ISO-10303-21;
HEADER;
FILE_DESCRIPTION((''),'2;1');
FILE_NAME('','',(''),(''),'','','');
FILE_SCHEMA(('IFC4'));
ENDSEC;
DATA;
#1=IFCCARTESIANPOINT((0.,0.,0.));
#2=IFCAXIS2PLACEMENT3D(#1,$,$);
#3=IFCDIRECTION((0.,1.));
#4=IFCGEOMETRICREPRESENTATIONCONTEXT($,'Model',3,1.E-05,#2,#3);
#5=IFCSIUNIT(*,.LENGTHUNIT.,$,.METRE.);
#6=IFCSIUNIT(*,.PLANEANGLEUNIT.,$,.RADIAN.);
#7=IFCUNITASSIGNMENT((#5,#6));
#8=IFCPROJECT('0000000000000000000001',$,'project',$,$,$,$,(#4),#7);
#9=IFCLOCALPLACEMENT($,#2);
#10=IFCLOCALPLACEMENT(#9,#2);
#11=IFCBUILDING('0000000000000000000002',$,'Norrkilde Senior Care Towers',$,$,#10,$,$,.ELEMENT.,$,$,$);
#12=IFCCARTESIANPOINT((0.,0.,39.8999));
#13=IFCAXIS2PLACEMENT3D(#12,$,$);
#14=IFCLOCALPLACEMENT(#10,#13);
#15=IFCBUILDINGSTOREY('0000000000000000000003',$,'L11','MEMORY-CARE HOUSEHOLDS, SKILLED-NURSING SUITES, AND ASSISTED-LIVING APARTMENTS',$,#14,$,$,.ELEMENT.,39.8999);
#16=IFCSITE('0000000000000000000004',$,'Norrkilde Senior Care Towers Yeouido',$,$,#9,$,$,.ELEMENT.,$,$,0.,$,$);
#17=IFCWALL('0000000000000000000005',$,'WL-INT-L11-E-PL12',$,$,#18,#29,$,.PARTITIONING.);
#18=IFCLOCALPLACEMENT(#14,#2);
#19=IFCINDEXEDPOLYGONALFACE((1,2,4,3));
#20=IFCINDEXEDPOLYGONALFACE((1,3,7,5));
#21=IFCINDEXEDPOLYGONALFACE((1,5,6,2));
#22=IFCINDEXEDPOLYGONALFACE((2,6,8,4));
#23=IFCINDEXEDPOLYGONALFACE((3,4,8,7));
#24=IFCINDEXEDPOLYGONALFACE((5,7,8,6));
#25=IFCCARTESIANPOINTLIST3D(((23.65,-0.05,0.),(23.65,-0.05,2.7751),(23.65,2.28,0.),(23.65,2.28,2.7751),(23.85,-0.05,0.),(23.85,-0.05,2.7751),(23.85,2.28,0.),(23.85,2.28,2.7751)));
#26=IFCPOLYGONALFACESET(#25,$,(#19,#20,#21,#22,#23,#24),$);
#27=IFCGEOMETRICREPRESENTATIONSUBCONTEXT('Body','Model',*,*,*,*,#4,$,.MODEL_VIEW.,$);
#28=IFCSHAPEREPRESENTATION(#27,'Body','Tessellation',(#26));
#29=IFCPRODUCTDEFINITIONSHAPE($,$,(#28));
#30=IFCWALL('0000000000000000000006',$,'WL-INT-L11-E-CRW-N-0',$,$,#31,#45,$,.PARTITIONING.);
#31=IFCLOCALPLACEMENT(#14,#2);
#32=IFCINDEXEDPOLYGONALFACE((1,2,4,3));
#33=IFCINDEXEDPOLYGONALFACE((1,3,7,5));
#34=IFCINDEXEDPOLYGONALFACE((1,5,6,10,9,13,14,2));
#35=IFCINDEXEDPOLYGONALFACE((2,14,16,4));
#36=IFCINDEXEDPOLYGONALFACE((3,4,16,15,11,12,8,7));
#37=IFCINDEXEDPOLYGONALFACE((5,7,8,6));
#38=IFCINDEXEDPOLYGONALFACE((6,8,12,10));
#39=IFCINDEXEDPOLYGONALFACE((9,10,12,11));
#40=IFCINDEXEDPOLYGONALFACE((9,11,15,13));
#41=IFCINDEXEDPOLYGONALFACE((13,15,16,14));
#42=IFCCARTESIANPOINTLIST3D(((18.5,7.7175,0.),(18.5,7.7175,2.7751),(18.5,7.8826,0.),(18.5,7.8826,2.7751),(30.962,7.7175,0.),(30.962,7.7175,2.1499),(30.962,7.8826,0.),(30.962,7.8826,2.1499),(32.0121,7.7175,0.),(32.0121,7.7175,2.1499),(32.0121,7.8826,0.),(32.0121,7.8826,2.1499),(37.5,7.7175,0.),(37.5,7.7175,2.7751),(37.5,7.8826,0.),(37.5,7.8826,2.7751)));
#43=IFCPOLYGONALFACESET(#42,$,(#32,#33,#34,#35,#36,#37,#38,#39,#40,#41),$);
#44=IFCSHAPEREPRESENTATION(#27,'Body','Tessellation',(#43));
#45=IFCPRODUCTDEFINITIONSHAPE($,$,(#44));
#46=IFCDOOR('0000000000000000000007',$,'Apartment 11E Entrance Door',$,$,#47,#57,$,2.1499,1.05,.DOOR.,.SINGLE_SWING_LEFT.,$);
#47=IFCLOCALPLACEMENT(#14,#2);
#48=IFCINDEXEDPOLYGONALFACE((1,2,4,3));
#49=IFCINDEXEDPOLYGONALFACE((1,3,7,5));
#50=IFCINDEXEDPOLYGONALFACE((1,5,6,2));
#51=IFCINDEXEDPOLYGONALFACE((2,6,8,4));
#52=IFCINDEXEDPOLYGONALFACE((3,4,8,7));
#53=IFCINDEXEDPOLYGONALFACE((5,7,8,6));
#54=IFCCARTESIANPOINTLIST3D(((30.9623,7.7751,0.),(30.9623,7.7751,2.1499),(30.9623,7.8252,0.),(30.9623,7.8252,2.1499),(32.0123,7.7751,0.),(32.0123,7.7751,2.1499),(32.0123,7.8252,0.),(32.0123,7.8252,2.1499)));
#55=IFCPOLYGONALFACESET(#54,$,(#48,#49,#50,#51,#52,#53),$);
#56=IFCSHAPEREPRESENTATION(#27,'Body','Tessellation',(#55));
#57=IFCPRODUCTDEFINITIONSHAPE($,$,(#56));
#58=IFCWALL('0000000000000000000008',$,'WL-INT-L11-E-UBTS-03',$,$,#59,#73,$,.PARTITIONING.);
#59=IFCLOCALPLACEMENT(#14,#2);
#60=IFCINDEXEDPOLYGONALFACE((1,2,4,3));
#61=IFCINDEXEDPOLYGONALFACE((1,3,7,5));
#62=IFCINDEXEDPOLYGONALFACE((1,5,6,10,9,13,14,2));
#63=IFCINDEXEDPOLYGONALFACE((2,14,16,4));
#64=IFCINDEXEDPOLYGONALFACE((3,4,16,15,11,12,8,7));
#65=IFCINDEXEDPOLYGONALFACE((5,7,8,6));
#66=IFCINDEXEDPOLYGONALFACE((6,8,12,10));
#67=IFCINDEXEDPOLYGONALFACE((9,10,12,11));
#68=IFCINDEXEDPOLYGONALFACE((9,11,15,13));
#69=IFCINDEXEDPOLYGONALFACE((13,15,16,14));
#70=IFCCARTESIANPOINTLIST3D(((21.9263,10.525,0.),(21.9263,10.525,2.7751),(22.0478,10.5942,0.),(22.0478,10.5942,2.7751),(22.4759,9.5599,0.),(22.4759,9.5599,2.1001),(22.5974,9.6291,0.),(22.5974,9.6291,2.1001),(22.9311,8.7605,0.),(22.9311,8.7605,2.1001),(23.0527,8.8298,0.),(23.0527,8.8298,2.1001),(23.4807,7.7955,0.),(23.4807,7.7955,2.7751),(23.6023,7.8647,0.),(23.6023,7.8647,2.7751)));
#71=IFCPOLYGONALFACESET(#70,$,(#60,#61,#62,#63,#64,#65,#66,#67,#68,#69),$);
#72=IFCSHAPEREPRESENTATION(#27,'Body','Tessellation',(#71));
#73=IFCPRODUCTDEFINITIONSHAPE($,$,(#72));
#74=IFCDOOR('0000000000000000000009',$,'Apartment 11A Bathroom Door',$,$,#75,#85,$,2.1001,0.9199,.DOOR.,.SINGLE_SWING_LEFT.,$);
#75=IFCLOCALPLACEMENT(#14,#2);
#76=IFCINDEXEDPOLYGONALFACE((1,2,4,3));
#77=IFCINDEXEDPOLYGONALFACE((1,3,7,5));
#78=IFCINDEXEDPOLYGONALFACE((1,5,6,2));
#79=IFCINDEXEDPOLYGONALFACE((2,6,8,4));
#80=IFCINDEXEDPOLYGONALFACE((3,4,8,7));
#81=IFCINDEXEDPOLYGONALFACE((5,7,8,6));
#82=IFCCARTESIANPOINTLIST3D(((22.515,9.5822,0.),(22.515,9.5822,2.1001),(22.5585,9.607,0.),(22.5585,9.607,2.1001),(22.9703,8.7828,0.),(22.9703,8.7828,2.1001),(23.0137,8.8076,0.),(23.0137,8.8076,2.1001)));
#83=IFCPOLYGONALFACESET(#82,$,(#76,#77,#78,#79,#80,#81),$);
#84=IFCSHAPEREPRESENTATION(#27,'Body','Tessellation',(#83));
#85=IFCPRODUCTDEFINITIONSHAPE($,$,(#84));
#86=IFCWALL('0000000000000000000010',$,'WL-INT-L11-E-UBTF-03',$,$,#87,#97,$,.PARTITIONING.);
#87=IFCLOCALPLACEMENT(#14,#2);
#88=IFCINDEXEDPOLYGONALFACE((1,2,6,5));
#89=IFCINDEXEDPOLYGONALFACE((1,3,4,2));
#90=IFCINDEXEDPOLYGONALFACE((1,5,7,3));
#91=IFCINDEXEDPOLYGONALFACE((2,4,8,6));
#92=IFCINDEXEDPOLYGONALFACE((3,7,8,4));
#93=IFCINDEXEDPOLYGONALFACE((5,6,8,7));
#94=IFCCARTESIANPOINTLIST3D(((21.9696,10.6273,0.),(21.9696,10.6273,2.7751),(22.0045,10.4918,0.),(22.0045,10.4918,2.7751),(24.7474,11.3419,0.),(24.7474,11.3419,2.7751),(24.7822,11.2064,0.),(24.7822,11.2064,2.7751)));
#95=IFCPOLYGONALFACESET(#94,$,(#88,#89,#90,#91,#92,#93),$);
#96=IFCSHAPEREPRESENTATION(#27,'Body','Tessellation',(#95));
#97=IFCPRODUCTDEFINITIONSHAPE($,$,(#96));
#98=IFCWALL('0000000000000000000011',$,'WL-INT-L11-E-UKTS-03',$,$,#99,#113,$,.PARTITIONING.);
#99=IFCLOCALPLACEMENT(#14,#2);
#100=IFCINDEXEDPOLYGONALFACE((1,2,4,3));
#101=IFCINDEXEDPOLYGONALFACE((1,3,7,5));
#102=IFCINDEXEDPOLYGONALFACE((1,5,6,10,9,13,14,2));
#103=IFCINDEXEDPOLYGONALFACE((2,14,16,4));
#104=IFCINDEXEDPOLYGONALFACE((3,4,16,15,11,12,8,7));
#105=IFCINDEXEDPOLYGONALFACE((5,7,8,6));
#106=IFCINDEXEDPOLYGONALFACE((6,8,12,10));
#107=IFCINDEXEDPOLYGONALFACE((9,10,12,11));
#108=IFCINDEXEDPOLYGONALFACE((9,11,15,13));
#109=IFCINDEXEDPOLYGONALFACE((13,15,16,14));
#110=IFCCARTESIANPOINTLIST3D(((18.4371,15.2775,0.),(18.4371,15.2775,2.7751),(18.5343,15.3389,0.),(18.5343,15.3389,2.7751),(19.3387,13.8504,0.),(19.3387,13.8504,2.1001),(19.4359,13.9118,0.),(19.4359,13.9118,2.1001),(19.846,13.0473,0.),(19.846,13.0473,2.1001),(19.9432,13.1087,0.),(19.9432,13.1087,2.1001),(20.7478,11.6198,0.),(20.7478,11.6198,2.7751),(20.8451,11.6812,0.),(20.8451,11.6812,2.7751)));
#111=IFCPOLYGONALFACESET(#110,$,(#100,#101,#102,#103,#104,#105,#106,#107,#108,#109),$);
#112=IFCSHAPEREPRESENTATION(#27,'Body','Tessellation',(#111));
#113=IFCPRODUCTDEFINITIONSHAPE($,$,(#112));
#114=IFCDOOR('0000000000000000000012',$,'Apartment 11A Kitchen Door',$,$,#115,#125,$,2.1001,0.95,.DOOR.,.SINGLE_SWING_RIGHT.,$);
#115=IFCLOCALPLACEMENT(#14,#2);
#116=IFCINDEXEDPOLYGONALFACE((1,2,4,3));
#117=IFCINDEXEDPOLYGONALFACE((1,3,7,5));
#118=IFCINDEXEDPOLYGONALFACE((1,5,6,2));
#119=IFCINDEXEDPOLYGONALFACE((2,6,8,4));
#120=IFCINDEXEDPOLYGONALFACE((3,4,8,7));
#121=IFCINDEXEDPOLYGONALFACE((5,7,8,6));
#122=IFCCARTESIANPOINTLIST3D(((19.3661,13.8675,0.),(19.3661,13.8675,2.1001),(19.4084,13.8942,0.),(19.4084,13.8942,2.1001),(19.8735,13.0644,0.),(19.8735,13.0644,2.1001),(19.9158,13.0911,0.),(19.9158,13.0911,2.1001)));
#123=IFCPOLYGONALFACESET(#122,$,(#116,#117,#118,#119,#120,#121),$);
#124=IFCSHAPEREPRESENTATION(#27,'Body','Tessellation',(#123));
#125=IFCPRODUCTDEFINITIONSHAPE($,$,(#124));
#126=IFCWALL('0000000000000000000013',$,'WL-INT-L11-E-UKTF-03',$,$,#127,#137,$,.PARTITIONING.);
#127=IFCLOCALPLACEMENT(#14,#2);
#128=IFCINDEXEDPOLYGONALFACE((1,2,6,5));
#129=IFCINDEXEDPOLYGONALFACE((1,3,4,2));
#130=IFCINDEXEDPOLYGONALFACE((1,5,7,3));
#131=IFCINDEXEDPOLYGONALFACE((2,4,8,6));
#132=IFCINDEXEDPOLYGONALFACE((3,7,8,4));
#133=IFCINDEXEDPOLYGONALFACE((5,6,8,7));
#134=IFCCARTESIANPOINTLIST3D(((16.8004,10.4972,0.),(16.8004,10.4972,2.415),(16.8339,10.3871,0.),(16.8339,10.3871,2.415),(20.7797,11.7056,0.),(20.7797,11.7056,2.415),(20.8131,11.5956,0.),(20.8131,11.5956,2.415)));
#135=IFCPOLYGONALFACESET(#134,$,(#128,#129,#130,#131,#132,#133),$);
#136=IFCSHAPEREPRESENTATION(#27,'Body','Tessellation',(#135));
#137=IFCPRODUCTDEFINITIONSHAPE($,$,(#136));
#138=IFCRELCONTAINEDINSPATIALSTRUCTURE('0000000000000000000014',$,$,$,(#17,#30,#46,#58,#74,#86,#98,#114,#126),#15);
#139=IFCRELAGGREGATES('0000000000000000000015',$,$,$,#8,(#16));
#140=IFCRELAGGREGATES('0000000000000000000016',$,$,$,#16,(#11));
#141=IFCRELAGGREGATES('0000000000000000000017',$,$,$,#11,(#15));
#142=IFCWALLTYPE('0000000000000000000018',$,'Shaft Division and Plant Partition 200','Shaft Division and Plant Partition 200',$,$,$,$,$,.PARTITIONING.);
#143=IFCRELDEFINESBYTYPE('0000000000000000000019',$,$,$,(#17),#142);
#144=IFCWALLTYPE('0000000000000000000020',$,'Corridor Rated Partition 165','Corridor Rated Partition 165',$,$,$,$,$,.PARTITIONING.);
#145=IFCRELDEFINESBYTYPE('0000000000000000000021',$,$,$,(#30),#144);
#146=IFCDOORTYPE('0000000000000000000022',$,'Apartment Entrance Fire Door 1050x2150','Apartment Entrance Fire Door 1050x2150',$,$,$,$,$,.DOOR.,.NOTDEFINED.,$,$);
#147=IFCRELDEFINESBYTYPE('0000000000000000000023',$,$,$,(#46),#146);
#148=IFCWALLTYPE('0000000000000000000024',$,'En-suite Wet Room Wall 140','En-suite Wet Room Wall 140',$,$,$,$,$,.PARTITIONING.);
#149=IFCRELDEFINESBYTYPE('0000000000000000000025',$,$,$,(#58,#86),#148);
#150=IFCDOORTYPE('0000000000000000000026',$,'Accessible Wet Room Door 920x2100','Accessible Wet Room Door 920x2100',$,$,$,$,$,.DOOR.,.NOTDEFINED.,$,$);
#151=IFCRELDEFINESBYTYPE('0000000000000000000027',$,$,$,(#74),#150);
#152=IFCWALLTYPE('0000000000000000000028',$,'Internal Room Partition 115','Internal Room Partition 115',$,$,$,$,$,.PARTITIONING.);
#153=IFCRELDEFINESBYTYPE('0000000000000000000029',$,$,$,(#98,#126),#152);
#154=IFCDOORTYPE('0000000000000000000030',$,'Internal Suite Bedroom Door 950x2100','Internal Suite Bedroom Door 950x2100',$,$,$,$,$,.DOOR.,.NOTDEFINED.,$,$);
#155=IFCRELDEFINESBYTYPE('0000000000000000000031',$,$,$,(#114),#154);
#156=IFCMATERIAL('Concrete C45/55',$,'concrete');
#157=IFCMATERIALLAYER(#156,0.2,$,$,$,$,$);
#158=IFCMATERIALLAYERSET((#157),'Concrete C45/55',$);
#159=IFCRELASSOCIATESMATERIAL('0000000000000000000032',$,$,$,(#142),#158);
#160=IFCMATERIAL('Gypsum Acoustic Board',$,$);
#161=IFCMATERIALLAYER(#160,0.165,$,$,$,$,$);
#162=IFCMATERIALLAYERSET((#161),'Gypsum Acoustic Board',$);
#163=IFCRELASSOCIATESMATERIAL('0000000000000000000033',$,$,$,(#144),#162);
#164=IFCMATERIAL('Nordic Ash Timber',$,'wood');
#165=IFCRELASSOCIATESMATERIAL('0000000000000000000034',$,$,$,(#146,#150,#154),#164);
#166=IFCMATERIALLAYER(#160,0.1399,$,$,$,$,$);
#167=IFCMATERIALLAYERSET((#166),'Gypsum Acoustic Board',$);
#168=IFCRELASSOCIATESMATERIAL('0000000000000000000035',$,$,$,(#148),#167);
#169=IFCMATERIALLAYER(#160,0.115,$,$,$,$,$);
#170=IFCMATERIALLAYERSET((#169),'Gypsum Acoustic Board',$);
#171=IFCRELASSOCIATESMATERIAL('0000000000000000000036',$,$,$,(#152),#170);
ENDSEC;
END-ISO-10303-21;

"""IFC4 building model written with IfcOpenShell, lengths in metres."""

from ifc_helpers import new_model, si_unit, direction, frame, frame_2d, origin, place, context, subcontext, project, spatial, rectangle, extrude, source, transform, mapped, material, layer, layer_set, type_object, type_shapes, element, fill, save


model = new_model("IFC4")

# Units and contexts
model_context = context("Model", 3, precision=1e-05, world=origin(), true_north=direction((0.0, 1.0)))
body_context = subcontext(model_context, "Body", "Model", "MODEL_VIEW")
ifc_project = project(units=[si_unit("LENGTHUNIT", "METRE"), si_unit("PLANEANGLEUNIT", "RADIAN")], contexts=[model_context])

# Site, building, storey
site_placement = place(None, origin())
site = spatial("IfcSite", under=ifc_project, at=site_placement, Name="Norrkilde Senior Care Towers Yeouido", CompositionType="ELEMENT", RefElevation=0.0)
building_placement = place(site_placement, origin())
building = spatial("IfcBuilding", under=site, at=building_placement, Name="Norrkilde Senior Care Towers", CompositionType="ELEMENT")
storey_placement = place(building_placement, frame((0.0, 0.0, 39.8999)))
storey = spatial("IfcBuildingStorey", under=building, at=storey_placement, Name="L11", Description="MEMORY-CARE HOUSEHOLDS, SKILLED-NURSING SUITES, AND ASSISTED-LIVING APARTMENTS", CompositionType="ELEMENT", Elevation=39.8999)

# Shared definitions
ifc_material_1 = material(Name="Concrete C45/55", Category="concrete")

# Wall
ifc_layer_1 = layer(ifc_material_1, 0.2)
ifc_layer_set_1 = layer_set([ifc_layer_1], Name="Concrete C45/55")
wall_type_1 = type_object("IfcWallType", Name="Shaft Division and Plant Partition 200", Description="Shaft Division and Plant Partition 200", PredefinedType="PARTITIONING", material=ifc_layer_set_1)
shared_shape_1 = source(origin(), body_context, "Body", "SweptSolid", [
    extrude(rectangle(XDim=2.3301, YDim=0.2, at=frame_2d((1.165, 0.0))), origin(), (0.0, 0.0, 1.0), 2.7751),
])
type_shapes(wall_type_1, [shared_shape_1])
wall_1_placement = place(storey_placement, frame((23.75, -0.05, 0.0), z_axis=(0.0, 0.0, 1.0), x_axis=(0.0, 1.0, 0.0)))
element("IfcWall", 1, at=wall_1_placement, inside=storey, type_object=wall_type_1, Name="WL-INT-L11-E-PL12", PredefinedType="PARTITIONING", context=body_context, shape_type="MappedRepresentation", body=[
    mapped(shared_shape_1, transform((0.0, 0.0, 0.0), x_axis=(1.0, 0.0, 0.0), y_axis=(0.0, 1.0, 0.0), z_axis=(0.0, 0.0, 1.0), scale=1.0)),
])

# Walls, openings, doors
ifc_material_2 = material(Name="Gypsum Acoustic Board")
ifc_layer_2 = layer(ifc_material_2, 0.165)
ifc_layer_set_2 = layer_set([ifc_layer_2], Name="Gypsum Acoustic Board")
wall_type_2 = type_object("IfcWallType", Name="Corridor Rated Partition 165", Description="Corridor Rated Partition 165", PredefinedType="PARTITIONING", material=ifc_layer_set_2)
shared_shape_2 = source(origin(), body_context, "Body", "SweptSolid", [
    extrude(rectangle(XDim=19.0, YDim=0.165, at=frame_2d((9.5, 0.0))), origin(), (0.0, 0.0, 1.0), 2.7751),
])
type_shapes(wall_type_2, [shared_shape_2])
wall_2_placement = place(storey_placement, frame((18.5, 7.8, 0.0), z_axis=(0.0, 0.0, 1.0), x_axis=(1.0, 0.0, 0.0)))
wall_2 = element("IfcWall", 2, at=wall_2_placement, inside=storey, type_object=wall_type_2, Name="WL-INT-L11-E-CRW-N-0", PredefinedType="PARTITIONING", context=body_context, shape_type="MappedRepresentation", body=[
    mapped(shared_shape_2, transform((0.0, 0.0, 0.0), x_axis=(1.0, 0.0, 0.0), y_axis=(0.0, 1.0, 0.0), z_axis=(0.0, 0.0, 1.0), scale=1.0)),
])
opening_1_placement = place(wall_2_placement, frame((12.4622, 0.0, 0.0)))
opening_1 = element("IfcOpeningElement", 3, at=opening_1_placement, cuts=wall_2, PredefinedType="OPENING", context=body_context, shape_type="SweptSolid", body=[
    extrude(rectangle(XDim=1.05, YDim=2.1499, at=frame_2d((0.5249, 1.075))), frame((0.0, 0.0925, 0.0), z_axis=(0.0, -1.0, 0.0), x_axis=(1.0, 0.0, 0.0)), (0.0, 0.0, 1.0), 0.1851),
])
ifc_material_3 = material(Name="Nordic Ash Timber", Category="wood")
door_type_1 = type_object("IfcDoorType", Name="Apartment Entrance Fire Door 1050x2150", Description="Apartment Entrance Fire Door 1050x2150", OperationType="NOTDEFINED", PredefinedType="DOOR", material=ifc_material_3)
shared_shape_3 = source(origin(), body_context, "Body", "SweptSolid", [
    extrude(rectangle(XDim=1.05, YDim=2.1499, at=frame_2d((0.5249, 1.075))), frame((0.0, 0.0249, 0.0), z_axis=(0.0, -1.0, 0.0), x_axis=(1.0, 0.0, 0.0)), (0.0, 0.0, 1.0), 0.05),
])
type_shapes(door_type_1, [shared_shape_3])
door_1_placement = place(opening_1_placement, frame((1.05, 0.0, 0.0), z_axis=(0.0, 0.0, 1.0), x_axis=(-1.0, 0.0, 0.0)))
door_1 = element("IfcDoor", 4, at=door_1_placement, inside=storey, type_object=door_type_1, Name="Apartment 11E Entrance Door", OperationType="SINGLE_SWING_LEFT", OverallHeight=2.1499, OverallWidth=1.05, PredefinedType="DOOR", context=body_context, shape_type="MappedRepresentation", body=[
    mapped(shared_shape_3, transform((0.0, 0.0, 0.0), x_axis=(1.0, 0.0, 0.0), y_axis=(0.0, 1.0, 0.0), z_axis=(0.0, 0.0, 1.0), scale=1.0)),
])
fill(opening_1, door_1)
ifc_layer_3 = layer(ifc_material_2, 0.1399)
ifc_layer_set_3 = layer_set([ifc_layer_3], Name="Gypsum Acoustic Board")
wall_type_3 = type_object("IfcWallType", Name="En-suite Wet Room Wall 140", Description="En-suite Wet Room Wall 140", PredefinedType="PARTITIONING", material=ifc_layer_set_3)
shared_shape_4 = source(origin(), body_context, "Body", "SweptSolid", [
    extrude(rectangle(XDim=3.1411, YDim=0.1399, at=frame_2d((1.5706, 0.0))), origin(), (0.0, 0.0, 1.0), 2.7751),
])
wall_3_placement = place(storey_placement, frame((23.5415, 7.8301, 0.0), z_axis=(0.0, 0.0, 1.0), x_axis=(-0.494874, 0.868964, 0.0)))
wall_3 = element("IfcWall", 5, at=wall_3_placement, inside=storey, type_object=wall_type_3, Name="WL-INT-L11-E-UBTS-03", PredefinedType="PARTITIONING", context=body_context, shape_type="MappedRepresentation", body=[
    mapped(shared_shape_4, transform((0.0, 0.0, 0.0), x_axis=(1.0, 0.0, 0.0), y_axis=(0.0, 1.0, 0.0), z_axis=(0.0, 0.0, 1.0), scale=1.0)),
])
opening_2_placement = place(wall_3_placement, frame((1.1106, 0.0, 0.0)))
opening_2 = element("IfcOpeningElement", 6, at=opening_2_placement, cuts=wall_3, PredefinedType="OPENING", context=body_context, shape_type="SweptSolid", body=[
    extrude(rectangle(XDim=0.9199, YDim=2.1001, at=frame_2d((0.46, 1.05))), frame((0.0, 0.0798, 0.0), z_axis=(0.0, -1.0, 0.0), x_axis=(1.0, 0.0, 0.0)), (0.0, 0.0, 1.0), 0.1599),
])
door_type_2 = type_object("IfcDoorType", Name="Accessible Wet Room Door 920x2100", Description="Accessible Wet Room Door 920x2100", OperationType="NOTDEFINED", PredefinedType="DOOR", material=ifc_material_3)
shared_shape_5 = source(origin(), body_context, "Body", "SweptSolid", [
    extrude(rectangle(XDim=0.9199, YDim=2.1001, at=frame_2d((0.46, 1.05))), frame((0.0, 0.0249, 0.0), z_axis=(0.0, -1.0, 0.0), x_axis=(1.0, 0.0, 0.0)), (0.0, 0.0, 1.0), 0.05),
])
type_shapes(door_type_2, [shared_shape_5])
door_2_placement = place(opening_2_placement, origin())
door_2 = element("IfcDoor", 7, at=door_2_placement, inside=storey, type_object=door_type_2, Name="Apartment 11A Bathroom Door", OperationType="SINGLE_SWING_LEFT", OverallHeight=2.1001, OverallWidth=0.9199, PredefinedType="DOOR", context=body_context, shape_type="MappedRepresentation", body=[
    mapped(shared_shape_5, transform((0.0, 0.0, 0.0), x_axis=(1.0, 0.0, 0.0), y_axis=(0.0, 1.0, 0.0), z_axis=(0.0, 0.0, 1.0), scale=1.0)),
])
fill(opening_2, door_2)

# Wall
shared_shape_6 = source(origin(), body_context, "Body", "SweptSolid", [
    extrude(rectangle(XDim=2.8682, YDim=0.1399, at=frame_2d((1.4341, 0.0))), origin(), (0.0, 0.0, 1.0), 2.7751),
])
type_shapes(wall_type_3, [shared_shape_4, shared_shape_6])
wall_4_placement = place(storey_placement, frame((21.9871, 10.5596, 0.0), z_axis=(0.0, 0.0, 1.0), x_axis=(0.968468, 0.249139, 0.0)))
element("IfcWall", 8, at=wall_4_placement, inside=storey, type_object=wall_type_3, Name="WL-INT-L11-E-UBTF-03", PredefinedType="PARTITIONING", context=body_context, shape_type="MappedRepresentation", body=[
    mapped(shared_shape_6, transform((0.0, 0.0, 0.0), x_axis=(1.0, 0.0, 0.0), y_axis=(0.0, 1.0, 0.0), z_axis=(0.0, 0.0, 1.0), scale=1.0)),
])

# Wall, opening, door
ifc_layer_4 = layer(ifc_material_2, 0.115)
ifc_layer_set_4 = layer_set([ifc_layer_4], Name="Gypsum Acoustic Board")
wall_type_4 = type_object("IfcWallType", Name="Internal Room Partition 115", Description="Internal Room Partition 115", PredefinedType="PARTITIONING", material=ifc_layer_set_4)
shared_shape_7 = source(origin(), body_context, "Body", "SweptSolid", [
    extrude(rectangle(XDim=4.3264, YDim=0.115, at=frame_2d((2.1631, 0.0))), origin(), (0.0, 0.0, 1.0), 2.7751),
])
wall_5_placement = place(storey_placement, frame((20.7964, 11.6506, 0.0), z_axis=(0.0, 0.0, 1.0), x_axis=(-0.534101, 0.845421, 0.0)))
wall_5 = element("IfcWall", 9, at=wall_5_placement, inside=storey, type_object=wall_type_4, Name="WL-INT-L11-E-UKTS-03", PredefinedType="PARTITIONING", context=body_context, shape_type="MappedRepresentation", body=[
    mapped(shared_shape_7, transform((0.0, 0.0, 0.0), x_axis=(1.0, 0.0, 0.0), y_axis=(0.0, 1.0, 0.0), z_axis=(0.0, 0.0, 1.0), scale=1.0)),
])
opening_3_placement = place(wall_5_placement, frame((1.6882, 0.0, 0.0)))
opening_3 = element("IfcOpeningElement", 10, at=opening_3_placement, cuts=wall_5, PredefinedType="OPENING", context=body_context, shape_type="SweptSolid", body=[
    extrude(rectangle(XDim=0.95, YDim=2.1001, at=frame_2d((0.4751, 1.05))), frame((0.0, 0.0674, 0.0), z_axis=(0.0, -1.0, 0.0), x_axis=(1.0, 0.0, 0.0)), (0.0, 0.0, 1.0), 0.135),
])
door_type_3 = type_object("IfcDoorType", Name="Internal Suite Bedroom Door 950x2100", Description="Internal Suite Bedroom Door 950x2100", OperationType="NOTDEFINED", PredefinedType="DOOR", material=ifc_material_3)
shared_shape_8 = source(origin(), body_context, "Body", "SweptSolid", [
    extrude(rectangle(XDim=0.95, YDim=2.1001, at=frame_2d((0.4751, 1.05))), frame((0.0, 0.0249, 0.0), z_axis=(0.0, -1.0, 0.0), x_axis=(1.0, 0.0, 0.0)), (0.0, 0.0, 1.0), 0.05),
])
type_shapes(door_type_3, [shared_shape_8])
door_3_placement = place(opening_3_placement, frame((0.95, 0.0, 0.0), z_axis=(0.0, 0.0, 1.0), x_axis=(-1.0, 0.0, 0.0)))
door_3 = element("IfcDoor", 11, at=door_3_placement, inside=storey, type_object=door_type_3, Name="Apartment 11A Kitchen Door", OperationType="SINGLE_SWING_RIGHT", OverallHeight=2.1001, OverallWidth=0.95, PredefinedType="DOOR", context=body_context, shape_type="MappedRepresentation", body=[
    mapped(shared_shape_8, transform((0.0, 0.0, 0.0), x_axis=(1.0, 0.0, 0.0), y_axis=(0.0, 1.0, 0.0), z_axis=(0.0, 0.0, 1.0), scale=1.0)),
])
fill(opening_3, door_3)

# Wall
shared_shape_9 = source(origin(), body_context, "Body", "SweptSolid", [
    extrude(rectangle(XDim=4.1587, YDim=0.115, at=frame_2d((2.0793, 0.0))), origin(), (0.0, 0.0, 1.0), 2.415),
])
type_shapes(wall_type_4, [shared_shape_7, shared_shape_9])
wall_6_placement = place(storey_placement, frame((20.7964, 11.6506, 0.0), z_axis=(0.0, 0.0, 1.0), x_axis=(-0.956846, -0.290594, 0.0)))
element("IfcWall", 12, at=wall_6_placement, inside=storey, type_object=wall_type_4, Name="WL-INT-L11-E-UKTF-03", PredefinedType="PARTITIONING", context=body_context, shape_type="MappedRepresentation", body=[
    mapped(shared_shape_9, transform((0.0, 0.0, 0.0), x_axis=(1.0, 0.0, 0.0), y_axis=(0.0, 1.0, 0.0), z_axis=(0.0, 0.0, 1.0), scale=1.0)),
])

save(model, "model.ifc")
